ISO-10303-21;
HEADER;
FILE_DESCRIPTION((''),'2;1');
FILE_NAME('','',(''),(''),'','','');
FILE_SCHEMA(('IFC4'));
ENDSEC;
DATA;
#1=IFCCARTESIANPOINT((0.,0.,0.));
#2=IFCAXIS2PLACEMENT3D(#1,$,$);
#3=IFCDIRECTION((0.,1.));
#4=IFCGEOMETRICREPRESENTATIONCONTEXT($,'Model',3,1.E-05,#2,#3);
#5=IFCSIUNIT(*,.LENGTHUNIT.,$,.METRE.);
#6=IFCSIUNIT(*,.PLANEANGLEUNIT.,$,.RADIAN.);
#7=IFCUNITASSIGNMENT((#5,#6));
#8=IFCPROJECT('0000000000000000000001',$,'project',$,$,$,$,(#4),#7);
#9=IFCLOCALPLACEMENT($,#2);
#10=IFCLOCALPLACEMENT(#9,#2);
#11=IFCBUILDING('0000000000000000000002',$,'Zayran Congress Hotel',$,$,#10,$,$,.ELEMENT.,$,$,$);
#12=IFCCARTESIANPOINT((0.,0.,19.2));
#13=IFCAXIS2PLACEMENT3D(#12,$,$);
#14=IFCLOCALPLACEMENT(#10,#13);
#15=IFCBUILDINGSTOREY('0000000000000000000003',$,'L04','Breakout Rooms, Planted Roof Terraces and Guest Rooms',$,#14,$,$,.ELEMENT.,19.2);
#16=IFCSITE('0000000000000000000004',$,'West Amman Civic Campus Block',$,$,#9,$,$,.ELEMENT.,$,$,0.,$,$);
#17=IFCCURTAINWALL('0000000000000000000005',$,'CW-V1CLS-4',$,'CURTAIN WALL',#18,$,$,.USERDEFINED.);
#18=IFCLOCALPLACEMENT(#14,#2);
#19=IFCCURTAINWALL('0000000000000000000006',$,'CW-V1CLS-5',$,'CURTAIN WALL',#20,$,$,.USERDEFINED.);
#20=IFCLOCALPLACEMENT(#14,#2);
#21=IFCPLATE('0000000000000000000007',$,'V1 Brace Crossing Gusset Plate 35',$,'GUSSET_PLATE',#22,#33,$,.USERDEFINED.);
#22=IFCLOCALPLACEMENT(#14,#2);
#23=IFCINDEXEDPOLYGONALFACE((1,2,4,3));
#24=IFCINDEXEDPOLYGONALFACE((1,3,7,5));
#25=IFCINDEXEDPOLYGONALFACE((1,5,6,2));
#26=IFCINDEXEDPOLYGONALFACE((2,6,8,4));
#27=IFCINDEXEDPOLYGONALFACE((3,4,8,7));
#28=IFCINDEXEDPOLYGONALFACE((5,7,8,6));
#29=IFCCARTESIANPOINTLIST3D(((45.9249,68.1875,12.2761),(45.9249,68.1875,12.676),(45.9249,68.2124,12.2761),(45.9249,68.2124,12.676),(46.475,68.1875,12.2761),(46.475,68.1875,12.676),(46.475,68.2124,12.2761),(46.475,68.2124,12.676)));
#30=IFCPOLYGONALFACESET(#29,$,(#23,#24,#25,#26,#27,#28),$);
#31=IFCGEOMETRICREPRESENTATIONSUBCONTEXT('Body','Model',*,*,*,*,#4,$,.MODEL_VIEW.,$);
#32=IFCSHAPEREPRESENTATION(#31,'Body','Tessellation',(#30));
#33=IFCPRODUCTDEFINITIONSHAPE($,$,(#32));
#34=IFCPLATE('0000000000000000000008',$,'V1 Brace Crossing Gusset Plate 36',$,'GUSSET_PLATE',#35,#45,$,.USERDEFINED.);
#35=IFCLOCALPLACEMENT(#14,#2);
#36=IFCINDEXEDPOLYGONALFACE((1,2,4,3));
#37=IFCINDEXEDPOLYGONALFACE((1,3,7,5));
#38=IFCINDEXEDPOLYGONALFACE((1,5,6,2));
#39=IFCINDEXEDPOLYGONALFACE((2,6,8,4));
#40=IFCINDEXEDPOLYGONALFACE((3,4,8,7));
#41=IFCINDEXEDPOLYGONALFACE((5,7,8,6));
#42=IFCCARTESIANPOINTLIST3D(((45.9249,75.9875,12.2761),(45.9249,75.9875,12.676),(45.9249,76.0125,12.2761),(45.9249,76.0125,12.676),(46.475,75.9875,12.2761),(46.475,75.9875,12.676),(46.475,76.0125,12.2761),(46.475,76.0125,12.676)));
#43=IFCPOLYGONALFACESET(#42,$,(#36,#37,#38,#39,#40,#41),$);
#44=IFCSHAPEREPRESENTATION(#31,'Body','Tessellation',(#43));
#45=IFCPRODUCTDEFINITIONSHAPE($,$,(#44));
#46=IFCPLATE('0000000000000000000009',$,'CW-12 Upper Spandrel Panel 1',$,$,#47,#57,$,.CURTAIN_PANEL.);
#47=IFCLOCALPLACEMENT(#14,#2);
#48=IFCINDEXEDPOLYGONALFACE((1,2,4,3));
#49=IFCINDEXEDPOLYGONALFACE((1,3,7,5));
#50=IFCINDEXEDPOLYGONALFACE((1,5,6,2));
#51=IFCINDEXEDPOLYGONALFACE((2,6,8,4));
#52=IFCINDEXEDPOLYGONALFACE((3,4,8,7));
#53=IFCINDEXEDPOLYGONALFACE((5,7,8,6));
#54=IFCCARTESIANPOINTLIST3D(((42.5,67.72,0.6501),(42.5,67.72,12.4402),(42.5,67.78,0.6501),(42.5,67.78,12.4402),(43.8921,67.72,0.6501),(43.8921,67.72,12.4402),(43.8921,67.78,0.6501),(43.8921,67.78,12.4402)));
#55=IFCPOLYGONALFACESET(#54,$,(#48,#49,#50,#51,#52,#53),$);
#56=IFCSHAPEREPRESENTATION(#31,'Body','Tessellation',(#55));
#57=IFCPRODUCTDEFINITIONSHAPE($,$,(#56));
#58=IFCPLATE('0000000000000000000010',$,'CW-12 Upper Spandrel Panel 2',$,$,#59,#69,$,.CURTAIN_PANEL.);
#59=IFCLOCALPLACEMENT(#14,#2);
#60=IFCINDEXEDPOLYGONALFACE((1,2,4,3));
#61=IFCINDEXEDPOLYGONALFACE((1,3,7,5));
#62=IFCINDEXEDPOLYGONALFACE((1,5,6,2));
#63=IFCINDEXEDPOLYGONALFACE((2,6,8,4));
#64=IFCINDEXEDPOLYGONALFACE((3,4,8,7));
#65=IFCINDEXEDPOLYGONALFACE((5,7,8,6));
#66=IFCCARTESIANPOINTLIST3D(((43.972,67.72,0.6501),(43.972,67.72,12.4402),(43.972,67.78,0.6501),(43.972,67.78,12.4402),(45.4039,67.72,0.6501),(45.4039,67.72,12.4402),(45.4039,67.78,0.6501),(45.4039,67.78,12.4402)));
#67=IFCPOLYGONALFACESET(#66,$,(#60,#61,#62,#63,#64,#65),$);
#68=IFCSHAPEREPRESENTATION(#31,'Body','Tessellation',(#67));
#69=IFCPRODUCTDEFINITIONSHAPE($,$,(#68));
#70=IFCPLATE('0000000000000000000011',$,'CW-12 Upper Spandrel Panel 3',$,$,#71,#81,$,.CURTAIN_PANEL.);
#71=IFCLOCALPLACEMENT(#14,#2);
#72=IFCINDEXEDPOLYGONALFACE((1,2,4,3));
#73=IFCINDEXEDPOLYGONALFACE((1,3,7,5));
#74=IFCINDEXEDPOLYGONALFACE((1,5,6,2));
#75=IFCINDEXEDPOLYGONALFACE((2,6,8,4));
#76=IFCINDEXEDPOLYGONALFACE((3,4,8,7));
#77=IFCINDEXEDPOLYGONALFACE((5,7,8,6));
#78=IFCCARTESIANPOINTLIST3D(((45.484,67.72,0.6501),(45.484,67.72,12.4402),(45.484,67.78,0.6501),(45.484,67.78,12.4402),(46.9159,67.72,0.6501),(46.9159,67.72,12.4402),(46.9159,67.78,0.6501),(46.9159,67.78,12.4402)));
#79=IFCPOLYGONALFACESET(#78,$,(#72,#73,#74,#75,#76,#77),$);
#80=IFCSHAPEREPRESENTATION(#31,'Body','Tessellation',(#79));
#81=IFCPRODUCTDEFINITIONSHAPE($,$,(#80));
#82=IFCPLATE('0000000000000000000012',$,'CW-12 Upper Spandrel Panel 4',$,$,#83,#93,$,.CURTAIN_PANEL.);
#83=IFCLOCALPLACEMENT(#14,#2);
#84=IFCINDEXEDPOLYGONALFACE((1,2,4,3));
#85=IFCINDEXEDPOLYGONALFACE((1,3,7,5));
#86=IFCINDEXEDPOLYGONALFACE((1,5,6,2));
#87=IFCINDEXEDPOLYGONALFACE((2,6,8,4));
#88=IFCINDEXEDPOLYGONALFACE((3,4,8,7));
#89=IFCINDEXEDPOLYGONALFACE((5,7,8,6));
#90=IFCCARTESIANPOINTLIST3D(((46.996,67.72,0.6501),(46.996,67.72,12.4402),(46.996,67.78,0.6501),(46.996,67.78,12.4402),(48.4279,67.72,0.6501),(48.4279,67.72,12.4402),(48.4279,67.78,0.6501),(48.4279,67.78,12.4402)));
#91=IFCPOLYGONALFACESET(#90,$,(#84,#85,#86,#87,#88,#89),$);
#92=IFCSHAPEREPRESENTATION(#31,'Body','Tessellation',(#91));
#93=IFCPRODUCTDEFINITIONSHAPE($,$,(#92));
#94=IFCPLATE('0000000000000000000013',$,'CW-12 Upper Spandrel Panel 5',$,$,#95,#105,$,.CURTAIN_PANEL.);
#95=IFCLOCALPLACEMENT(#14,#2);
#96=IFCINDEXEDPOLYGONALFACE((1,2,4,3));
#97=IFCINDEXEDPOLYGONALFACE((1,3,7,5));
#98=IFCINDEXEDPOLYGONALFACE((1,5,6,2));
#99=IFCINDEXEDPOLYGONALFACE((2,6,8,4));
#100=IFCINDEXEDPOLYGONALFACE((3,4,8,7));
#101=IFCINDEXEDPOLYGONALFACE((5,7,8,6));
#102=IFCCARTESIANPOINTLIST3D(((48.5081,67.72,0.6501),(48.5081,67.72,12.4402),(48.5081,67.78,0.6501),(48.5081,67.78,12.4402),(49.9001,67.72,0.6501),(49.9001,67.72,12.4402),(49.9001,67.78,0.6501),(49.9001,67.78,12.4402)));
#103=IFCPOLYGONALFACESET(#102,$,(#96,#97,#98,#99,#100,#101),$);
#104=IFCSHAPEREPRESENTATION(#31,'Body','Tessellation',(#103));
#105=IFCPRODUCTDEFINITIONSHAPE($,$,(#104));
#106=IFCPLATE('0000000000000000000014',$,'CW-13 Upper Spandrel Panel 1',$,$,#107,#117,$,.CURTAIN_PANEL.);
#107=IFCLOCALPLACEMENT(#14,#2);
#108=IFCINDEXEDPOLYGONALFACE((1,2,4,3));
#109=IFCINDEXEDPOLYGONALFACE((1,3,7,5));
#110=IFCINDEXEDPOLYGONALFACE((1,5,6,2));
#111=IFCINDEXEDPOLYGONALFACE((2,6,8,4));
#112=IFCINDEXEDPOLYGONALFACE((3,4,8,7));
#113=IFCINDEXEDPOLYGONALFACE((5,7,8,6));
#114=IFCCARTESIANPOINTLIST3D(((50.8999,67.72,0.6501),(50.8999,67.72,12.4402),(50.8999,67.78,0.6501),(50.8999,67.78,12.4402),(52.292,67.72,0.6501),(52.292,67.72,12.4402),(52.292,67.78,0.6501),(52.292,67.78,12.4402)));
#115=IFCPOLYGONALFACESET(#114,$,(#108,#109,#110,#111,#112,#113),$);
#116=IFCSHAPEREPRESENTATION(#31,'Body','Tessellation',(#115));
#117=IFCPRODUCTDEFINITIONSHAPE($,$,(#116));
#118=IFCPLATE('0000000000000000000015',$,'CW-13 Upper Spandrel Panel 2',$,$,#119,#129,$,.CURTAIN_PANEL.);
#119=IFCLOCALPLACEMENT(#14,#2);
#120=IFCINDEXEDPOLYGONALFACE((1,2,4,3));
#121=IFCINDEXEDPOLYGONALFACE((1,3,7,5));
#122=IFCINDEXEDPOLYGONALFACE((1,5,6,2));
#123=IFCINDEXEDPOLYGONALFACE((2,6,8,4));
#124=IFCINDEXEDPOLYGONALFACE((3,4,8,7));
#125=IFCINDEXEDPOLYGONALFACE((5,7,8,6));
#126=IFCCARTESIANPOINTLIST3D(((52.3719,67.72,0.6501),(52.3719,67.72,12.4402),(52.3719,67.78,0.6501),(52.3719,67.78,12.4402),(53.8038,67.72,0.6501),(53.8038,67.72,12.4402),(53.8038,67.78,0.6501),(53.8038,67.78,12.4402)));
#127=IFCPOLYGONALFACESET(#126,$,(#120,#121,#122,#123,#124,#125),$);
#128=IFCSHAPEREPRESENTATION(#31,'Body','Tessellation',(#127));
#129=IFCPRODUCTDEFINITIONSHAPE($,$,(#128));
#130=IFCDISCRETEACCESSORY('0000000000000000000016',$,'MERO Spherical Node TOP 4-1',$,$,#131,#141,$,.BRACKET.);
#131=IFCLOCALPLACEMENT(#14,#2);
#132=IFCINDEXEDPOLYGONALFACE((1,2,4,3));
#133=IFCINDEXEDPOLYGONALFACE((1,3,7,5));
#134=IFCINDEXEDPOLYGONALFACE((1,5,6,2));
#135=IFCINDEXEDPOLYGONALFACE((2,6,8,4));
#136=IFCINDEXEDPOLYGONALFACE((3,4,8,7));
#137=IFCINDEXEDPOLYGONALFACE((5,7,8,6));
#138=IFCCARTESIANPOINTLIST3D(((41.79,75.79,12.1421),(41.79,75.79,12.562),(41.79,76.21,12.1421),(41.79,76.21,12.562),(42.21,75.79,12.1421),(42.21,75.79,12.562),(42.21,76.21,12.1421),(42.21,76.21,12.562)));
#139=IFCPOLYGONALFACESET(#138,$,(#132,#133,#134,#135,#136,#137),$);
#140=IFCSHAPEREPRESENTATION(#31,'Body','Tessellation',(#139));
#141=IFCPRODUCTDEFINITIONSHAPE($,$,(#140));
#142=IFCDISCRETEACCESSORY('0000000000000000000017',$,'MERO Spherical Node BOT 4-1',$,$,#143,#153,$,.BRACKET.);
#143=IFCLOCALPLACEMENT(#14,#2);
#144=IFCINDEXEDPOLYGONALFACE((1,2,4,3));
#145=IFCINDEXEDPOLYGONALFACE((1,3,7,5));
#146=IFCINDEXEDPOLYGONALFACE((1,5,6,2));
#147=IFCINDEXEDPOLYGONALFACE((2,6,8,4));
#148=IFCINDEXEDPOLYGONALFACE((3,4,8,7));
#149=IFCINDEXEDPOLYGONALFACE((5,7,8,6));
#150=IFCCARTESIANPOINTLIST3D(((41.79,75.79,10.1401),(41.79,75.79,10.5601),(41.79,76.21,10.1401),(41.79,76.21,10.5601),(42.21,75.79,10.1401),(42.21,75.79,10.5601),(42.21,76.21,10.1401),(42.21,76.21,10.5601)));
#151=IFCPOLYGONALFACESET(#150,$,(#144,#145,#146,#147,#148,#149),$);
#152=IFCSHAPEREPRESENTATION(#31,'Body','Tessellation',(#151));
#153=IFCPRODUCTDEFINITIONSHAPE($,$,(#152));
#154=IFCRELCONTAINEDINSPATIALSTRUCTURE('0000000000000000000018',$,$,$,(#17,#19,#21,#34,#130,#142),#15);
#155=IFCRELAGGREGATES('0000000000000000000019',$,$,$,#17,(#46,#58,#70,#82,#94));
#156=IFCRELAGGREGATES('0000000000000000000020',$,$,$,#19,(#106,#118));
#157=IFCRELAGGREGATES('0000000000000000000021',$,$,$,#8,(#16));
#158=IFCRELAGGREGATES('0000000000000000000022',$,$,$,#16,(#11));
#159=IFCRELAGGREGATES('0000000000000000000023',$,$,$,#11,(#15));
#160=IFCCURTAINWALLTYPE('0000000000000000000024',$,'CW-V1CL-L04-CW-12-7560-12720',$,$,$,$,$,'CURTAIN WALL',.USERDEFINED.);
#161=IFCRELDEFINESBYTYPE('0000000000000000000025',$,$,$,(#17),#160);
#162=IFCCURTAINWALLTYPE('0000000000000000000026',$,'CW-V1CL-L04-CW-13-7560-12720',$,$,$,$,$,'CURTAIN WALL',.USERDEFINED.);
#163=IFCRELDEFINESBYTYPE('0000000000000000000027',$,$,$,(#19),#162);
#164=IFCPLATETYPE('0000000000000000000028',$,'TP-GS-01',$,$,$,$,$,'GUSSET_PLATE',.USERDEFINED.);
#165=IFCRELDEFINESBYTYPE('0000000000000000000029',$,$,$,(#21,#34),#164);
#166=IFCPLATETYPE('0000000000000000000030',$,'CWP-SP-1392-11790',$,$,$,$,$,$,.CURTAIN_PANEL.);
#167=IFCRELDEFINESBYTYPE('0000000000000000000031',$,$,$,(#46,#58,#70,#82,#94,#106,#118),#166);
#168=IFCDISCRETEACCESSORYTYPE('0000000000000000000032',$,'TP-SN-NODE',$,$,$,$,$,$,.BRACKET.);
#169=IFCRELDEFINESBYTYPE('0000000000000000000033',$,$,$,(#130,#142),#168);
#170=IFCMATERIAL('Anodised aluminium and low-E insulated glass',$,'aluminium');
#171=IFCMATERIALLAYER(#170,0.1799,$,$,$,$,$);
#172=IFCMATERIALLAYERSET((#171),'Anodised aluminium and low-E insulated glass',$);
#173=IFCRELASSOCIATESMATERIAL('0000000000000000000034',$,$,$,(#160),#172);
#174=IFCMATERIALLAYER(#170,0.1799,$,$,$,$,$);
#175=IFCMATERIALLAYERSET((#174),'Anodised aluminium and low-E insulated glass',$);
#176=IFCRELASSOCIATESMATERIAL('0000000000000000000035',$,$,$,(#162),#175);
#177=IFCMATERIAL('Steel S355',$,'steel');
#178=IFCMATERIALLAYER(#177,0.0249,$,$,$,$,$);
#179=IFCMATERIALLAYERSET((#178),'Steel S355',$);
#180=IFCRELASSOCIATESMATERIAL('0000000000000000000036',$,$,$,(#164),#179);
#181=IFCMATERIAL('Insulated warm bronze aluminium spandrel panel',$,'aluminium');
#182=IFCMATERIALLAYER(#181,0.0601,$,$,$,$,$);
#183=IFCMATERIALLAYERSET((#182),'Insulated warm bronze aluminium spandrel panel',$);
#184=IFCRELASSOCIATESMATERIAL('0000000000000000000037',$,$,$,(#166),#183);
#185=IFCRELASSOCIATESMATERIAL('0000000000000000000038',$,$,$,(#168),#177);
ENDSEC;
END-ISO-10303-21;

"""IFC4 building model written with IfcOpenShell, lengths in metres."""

from ifc_helpers import new_model, si_unit, direction, frame, origin, origin_2d, place, context, subcontext, project, spatial, rectangle, extrude, material, layer, layer_set, type_object, element, aggregate, save


model = new_model("IFC4")

# Units and contexts
model_context = context("Model", 3, precision=1e-05, world=origin(), true_north=direction((0.0, 1.0)))
body_context = subcontext(model_context, "Body", "Model", "MODEL_VIEW")
ifc_project = project(units=[si_unit("LENGTHUNIT", "METRE"), si_unit("PLANEANGLEUNIT", "RADIAN")], contexts=[model_context])

# Site, building, storey
site_placement = place(None, origin())
site = spatial("IfcSite", under=ifc_project, at=site_placement, Name="West Amman Civic Campus Block", CompositionType="ELEMENT", RefElevation=0.0)
building_placement = place(site_placement, origin())
building = spatial("IfcBuilding", under=site, at=building_placement, Name="Zayran Congress Hotel", CompositionType="ELEMENT")
storey_placement = place(building_placement, frame((0.0, 0.0, 19.2)))
storey = spatial("IfcBuildingStorey", under=building, at=storey_placement, Name="L04", Description="Breakout Rooms, Planted Roof Terraces and Guest Rooms", CompositionType="ELEMENT", Elevation=19.2)

# Shared definitions
ifc_material_1 = material(Name="Steel S355", Category="steel")

# Curtain wall
ifc_material_2 = material(Name="Anodised aluminium and low-E insulated glass", Category="aluminium")
ifc_layer_1 = layer(ifc_material_2, 0.1799)
ifc_layer_set_1 = layer_set([ifc_layer_1], Name="Anodised aluminium and low-E insulated glass")
curtain_wall_type_1 = type_object("IfcCurtainWallType", Name="CW-V1CL-L04-CW-12-7560-12720", ElementType="CURTAIN WALL", PredefinedType="USERDEFINED", material=ifc_layer_set_1)
curtain_wall_1_placement = place(storey_placement, origin())
curtain_wall_1 = element("IfcCurtainWall", 1, at=curtain_wall_1_placement, inside=storey, type_object=curtain_wall_type_1, Name="CW-V1CLS-4", ObjectType="CURTAIN WALL", PredefinedType="USERDEFINED")

# Curtain wall
ifc_layer_2 = layer(ifc_material_2, 0.1799)
ifc_layer_set_2 = layer_set([ifc_layer_2], Name="Anodised aluminium and low-E insulated glass")
curtain_wall_type_2 = type_object("IfcCurtainWallType", Name="CW-V1CL-L04-CW-13-7560-12720", ElementType="CURTAIN WALL", PredefinedType="USERDEFINED", material=ifc_layer_set_2)
curtain_wall_2_placement = place(storey_placement, origin())
curtain_wall_2 = element("IfcCurtainWall", 2, at=curtain_wall_2_placement, inside=storey, type_object=curtain_wall_type_2, Name="CW-V1CLS-5", ObjectType="CURTAIN WALL", PredefinedType="USERDEFINED")

# Plates
ifc_layer_3 = layer(ifc_material_1, 0.0249)
ifc_layer_set_3 = layer_set([ifc_layer_3], Name="Steel S355")
plate_type_1 = type_object("IfcPlateType", Name="TP-GS-01", ElementType="GUSSET_PLATE", PredefinedType="USERDEFINED", material=ifc_layer_set_3)
for number, where, z_axis, x_axis, name in (
    (3, (46.2, 68.2, 12.2761), (0.0, 0.0, 1.0), (1.0, 0.0, 0.0), "V1 Brace Crossing Gusset Plate 35"),
    (4, (46.2, 76.0, 12.2761), (0.0, 0.0, 1.0), (1.0, 0.0, 0.0), "V1 Brace Crossing Gusset Plate 36"),
):
    element("IfcPlate", number, at=place(storey_placement, frame(where, z_axis=z_axis, x_axis=x_axis)), inside=storey, type_object=plate_type_1, Name=name, ObjectType="GUSSET_PLATE", PredefinedType="USERDEFINED", context=body_context, shape_type="SweptSolid", body=[
        extrude(rectangle(XDim=0.55, YDim=0.0249, at=origin_2d()), origin(), (0.0, 0.0, 1.0), 0.3999),
    ])

# Plates
ifc_material_3 = material(Name="Insulated warm bronze aluminium spandrel panel", Category="aluminium")
ifc_layer_4 = layer(ifc_material_3, 0.0601)
ifc_layer_set_4 = layer_set([ifc_layer_4], Name="Insulated warm bronze aluminium spandrel panel")
plate_type_2 = type_object("IfcPlateType", Name="CWP-SP-1392-11790", PredefinedType="CURTAIN_PANEL", material=ifc_layer_set_4)
plate_1_placement = place(storey_placement, frame((43.196, 67.75, 0.6501), z_axis=(0.0, 0.0, 1.0), x_axis=(1.0, 0.0, 0.0)))
plate_1 = element("IfcPlate", 5, at=plate_1_placement, type_object=plate_type_2, Name="CW-12 Upper Spandrel Panel 1", PredefinedType="CURTAIN_PANEL", context=body_context, shape_type="SweptSolid", body=[
    extrude(rectangle(XDim=1.3921, YDim=0.0601, at=origin_2d()), origin(), (0.0, 0.0, 1.0), 11.79),
])
plate_2_placement = place(storey_placement, frame((44.688, 67.75, 0.6501), z_axis=(0.0, 0.0, 1.0), x_axis=(1.0, 0.0, 0.0)))
plate_2 = element("IfcPlate", 6, at=plate_2_placement, type_object=plate_type_2, Name="CW-12 Upper Spandrel Panel 2", PredefinedType="CURTAIN_PANEL", context=body_context, shape_type="SweptSolid", body=[
    extrude(rectangle(XDim=1.4319, YDim=0.0601, at=origin_2d()), origin(), (0.0, 0.0, 1.0), 11.79),
])
plate_3_placement = place(storey_placement, frame((46.2, 67.75, 0.6501), z_axis=(0.0, 0.0, 1.0), x_axis=(1.0, 0.0, 0.0)))
plate_3 = element("IfcPlate", 7, at=plate_3_placement, type_object=plate_type_2, Name="CW-12 Upper Spandrel Panel 3", PredefinedType="CURTAIN_PANEL", context=body_context, shape_type="SweptSolid", body=[
    extrude(rectangle(XDim=1.4319, YDim=0.0601, at=origin_2d()), origin(), (0.0, 0.0, 1.0), 11.79),
])
plate_4_placement = place(storey_placement, frame((47.7119, 67.75, 0.6501), z_axis=(0.0, 0.0, 1.0), x_axis=(1.0, 0.0, 0.0)))
plate_4 = element("IfcPlate", 8, at=plate_4_placement, type_object=plate_type_2, Name="CW-12 Upper Spandrel Panel 4", PredefinedType="CURTAIN_PANEL", context=body_context, shape_type="SweptSolid", body=[
    extrude(rectangle(XDim=1.4319, YDim=0.0601, at=origin_2d()), origin(), (0.0, 0.0, 1.0), 11.79),
])
plate_5_placement = place(storey_placement, frame((49.2041, 67.75, 0.6501), z_axis=(0.0, 0.0, 1.0), x_axis=(1.0, 0.0, 0.0)))
plate_5 = element("IfcPlate", 9, at=plate_5_placement, type_object=plate_type_2, Name="CW-12 Upper Spandrel Panel 5", PredefinedType="CURTAIN_PANEL", context=body_context, shape_type="SweptSolid", body=[
    extrude(rectangle(XDim=1.3921, YDim=0.0601, at=origin_2d()), origin(), (0.0, 0.0, 1.0), 11.79),
])
aggregate(curtain_wall_1, [plate_1, plate_2, plate_3, plate_4, plate_5])
plate_6_placement = place(storey_placement, frame((51.5959, 67.75, 0.6501), z_axis=(0.0, 0.0, 1.0), x_axis=(1.0, 0.0, 0.0)))
plate_6 = element("IfcPlate", 10, at=plate_6_placement, type_object=plate_type_2, Name="CW-13 Upper Spandrel Panel 1", PredefinedType="CURTAIN_PANEL", context=body_context, shape_type="SweptSolid", body=[
    extrude(rectangle(XDim=1.3921, YDim=0.0601, at=origin_2d()), origin(), (0.0, 0.0, 1.0), 11.79),
])
plate_7_placement = place(storey_placement, frame((53.0879, 67.75, 0.6501), z_axis=(0.0, 0.0, 1.0), x_axis=(1.0, 0.0, 0.0)))
plate_7 = element("IfcPlate", 11, at=plate_7_placement, type_object=plate_type_2, Name="CW-13 Upper Spandrel Panel 2", PredefinedType="CURTAIN_PANEL", context=body_context, shape_type="SweptSolid", body=[
    extrude(rectangle(XDim=1.4319, YDim=0.0601, at=origin_2d()), origin(), (0.0, 0.0, 1.0), 11.79),
])
aggregate(curtain_wall_2, [plate_6, plate_7])

# Discrete accessories
discrete_accessory_type = type_object("IfcDiscreteAccessoryType", Name="TP-SN-NODE", PredefinedType="BRACKET", material=ifc_material_1)
for number, where, z_axis, x_axis, name in (
    (12, (42.0, 76.0, 12.1421), (0.0, 0.0, 1.0), (1.0, 0.0, 0.0), "MERO Spherical Node TOP 4-1"),
    (13, (42.0, 76.0, 10.1401), (0.0, 0.0, 1.0), (1.0, 0.0, 0.0), "MERO Spherical Node BOT 4-1"),
):
    element("IfcDiscreteAccessory", number, at=place(storey_placement, frame(where, z_axis=z_axis, x_axis=x_axis)), inside=storey, type_object=discrete_accessory_type, Name=name, PredefinedType="BRACKET", context=body_context, shape_type="SweptSolid", body=[
        extrude(rectangle(XDim=0.4199, YDim=0.4199, at=origin_2d()), origin(), (0.0, 0.0, 1.0), 0.4199),
    ])

save(model, "model.ifc")
